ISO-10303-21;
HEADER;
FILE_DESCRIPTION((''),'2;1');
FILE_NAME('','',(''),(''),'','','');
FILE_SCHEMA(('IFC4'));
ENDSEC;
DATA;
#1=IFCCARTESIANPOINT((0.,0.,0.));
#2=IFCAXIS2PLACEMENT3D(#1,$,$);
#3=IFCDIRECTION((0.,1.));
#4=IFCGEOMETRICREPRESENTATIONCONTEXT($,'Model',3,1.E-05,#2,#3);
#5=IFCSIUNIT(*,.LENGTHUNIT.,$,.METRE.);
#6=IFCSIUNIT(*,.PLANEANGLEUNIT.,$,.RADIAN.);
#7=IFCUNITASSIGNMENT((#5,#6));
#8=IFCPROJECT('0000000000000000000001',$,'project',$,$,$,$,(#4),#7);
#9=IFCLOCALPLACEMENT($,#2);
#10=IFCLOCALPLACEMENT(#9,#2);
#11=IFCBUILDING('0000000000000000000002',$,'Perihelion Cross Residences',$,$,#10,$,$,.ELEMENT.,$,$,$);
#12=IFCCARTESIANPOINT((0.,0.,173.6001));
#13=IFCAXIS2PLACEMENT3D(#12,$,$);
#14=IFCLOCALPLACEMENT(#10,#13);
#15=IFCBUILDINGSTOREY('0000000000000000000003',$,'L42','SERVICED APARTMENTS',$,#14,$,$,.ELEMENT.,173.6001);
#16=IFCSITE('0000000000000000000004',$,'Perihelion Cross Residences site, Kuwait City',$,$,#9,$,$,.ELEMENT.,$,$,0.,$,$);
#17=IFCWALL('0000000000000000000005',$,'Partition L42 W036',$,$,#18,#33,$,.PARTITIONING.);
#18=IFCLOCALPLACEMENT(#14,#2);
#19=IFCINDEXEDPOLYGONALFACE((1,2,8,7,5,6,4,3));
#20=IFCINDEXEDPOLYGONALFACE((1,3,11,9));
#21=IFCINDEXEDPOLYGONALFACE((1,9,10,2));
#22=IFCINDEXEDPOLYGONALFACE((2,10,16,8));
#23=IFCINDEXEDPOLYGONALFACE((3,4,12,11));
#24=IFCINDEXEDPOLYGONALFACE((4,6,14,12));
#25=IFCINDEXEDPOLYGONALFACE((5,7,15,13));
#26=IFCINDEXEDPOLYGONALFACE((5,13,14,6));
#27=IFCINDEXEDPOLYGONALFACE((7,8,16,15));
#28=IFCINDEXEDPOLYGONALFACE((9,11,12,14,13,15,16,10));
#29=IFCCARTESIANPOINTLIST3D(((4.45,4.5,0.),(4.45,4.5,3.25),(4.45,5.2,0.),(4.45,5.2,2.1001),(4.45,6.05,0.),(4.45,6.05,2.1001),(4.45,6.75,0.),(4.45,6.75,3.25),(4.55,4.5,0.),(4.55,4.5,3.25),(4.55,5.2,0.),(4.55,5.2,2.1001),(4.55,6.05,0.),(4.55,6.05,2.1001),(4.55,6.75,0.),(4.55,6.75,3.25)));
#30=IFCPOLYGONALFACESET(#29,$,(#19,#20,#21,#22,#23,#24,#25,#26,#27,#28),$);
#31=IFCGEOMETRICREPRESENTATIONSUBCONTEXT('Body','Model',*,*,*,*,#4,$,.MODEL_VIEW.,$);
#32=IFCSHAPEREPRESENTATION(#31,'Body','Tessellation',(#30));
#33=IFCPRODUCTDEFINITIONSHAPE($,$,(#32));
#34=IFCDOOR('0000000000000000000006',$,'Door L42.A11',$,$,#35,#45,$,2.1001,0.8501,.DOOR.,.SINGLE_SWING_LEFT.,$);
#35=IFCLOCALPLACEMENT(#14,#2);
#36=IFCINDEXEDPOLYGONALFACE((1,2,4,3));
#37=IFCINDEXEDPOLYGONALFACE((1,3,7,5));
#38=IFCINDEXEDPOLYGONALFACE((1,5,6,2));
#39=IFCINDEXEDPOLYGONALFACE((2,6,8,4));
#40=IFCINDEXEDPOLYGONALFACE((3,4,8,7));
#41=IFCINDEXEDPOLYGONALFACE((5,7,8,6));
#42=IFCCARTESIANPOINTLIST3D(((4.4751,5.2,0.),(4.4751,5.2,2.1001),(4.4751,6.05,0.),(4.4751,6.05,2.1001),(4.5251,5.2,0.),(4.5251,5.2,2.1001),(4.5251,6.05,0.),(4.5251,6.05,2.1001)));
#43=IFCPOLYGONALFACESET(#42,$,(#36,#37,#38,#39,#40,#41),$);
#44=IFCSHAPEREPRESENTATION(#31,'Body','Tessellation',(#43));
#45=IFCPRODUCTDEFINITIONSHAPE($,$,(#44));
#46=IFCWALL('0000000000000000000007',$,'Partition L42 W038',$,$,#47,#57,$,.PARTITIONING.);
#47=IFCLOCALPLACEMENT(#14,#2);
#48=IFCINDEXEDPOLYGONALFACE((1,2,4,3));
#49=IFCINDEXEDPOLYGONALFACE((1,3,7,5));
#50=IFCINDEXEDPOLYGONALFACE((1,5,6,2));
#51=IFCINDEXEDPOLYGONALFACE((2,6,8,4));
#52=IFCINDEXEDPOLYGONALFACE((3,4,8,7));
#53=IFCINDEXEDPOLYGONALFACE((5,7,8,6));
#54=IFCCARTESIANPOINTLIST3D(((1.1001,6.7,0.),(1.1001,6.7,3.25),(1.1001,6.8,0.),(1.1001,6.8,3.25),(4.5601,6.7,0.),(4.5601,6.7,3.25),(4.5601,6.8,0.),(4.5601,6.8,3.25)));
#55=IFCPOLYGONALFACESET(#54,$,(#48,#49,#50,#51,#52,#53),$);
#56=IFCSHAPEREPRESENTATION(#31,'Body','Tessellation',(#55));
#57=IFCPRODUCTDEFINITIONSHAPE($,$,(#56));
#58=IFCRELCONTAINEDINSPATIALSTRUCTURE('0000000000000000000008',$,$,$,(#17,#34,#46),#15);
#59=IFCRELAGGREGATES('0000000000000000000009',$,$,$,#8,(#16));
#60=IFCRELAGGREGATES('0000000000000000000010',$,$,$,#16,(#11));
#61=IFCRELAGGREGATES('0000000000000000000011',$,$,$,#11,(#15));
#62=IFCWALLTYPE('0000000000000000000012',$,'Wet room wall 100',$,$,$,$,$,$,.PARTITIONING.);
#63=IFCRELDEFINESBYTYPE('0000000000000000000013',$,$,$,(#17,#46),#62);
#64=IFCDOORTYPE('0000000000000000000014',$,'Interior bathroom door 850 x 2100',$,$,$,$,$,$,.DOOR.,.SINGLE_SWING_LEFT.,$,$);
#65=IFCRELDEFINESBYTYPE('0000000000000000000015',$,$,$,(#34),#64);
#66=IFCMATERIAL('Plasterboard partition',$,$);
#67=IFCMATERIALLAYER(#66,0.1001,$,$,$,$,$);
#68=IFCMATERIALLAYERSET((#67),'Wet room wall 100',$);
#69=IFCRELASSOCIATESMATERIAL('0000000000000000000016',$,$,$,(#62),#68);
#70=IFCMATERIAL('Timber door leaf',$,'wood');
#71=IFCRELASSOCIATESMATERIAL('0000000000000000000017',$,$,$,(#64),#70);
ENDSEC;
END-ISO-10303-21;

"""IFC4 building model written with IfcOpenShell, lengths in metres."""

from ifc_helpers import new_model, si_unit, direction, frame, frame_2d, origin, place, context, subcontext, project, spatial, rectangle, extrude, material, layer, layer_set, type_object, element, fill, save


model = new_model("IFC4")

# Units and contexts
model_context = context("Model", 3, precision=1e-05, world=origin(), true_north=direction((0.0, 1.0)))
body_context = subcontext(model_context, "Body", "Model", "MODEL_VIEW")
ifc_project = project(units=[si_unit("LENGTHUNIT", "METRE"), si_unit("PLANEANGLEUNIT", "RADIAN")], contexts=[model_context])

# Site, building, storey
site_placement = place(None, origin())
site = spatial("IfcSite", under=ifc_project, at=site_placement, Name="Perihelion Cross Residences site, Kuwait City", CompositionType="ELEMENT", RefElevation=0.0)
building_placement = place(site_placement, origin())
building = spatial("IfcBuilding", under=site, at=building_placement, Name="Perihelion Cross Residences", CompositionType="ELEMENT")
storey_placement = place(building_placement, frame((0.0, 0.0, 173.6001)))
storey = spatial("IfcBuildingStorey", under=building, at=storey_placement, Name="L42", Description="SERVICED APARTMENTS", CompositionType="ELEMENT", Elevation=173.6001)

# Shared definitions
ifc_material_1 = material(Name="Plasterboard partition")
ifc_layer_1 = layer(ifc_material_1, 0.1001)
ifc_layer_set_1 = layer_set([ifc_layer_1], Name="Wet room wall 100")
wall_type_1 = type_object("IfcWallType", Name="Wet room wall 100", PredefinedType="PARTITIONING", material=ifc_layer_set_1)

# Wall, opening, door
ifc_material_2 = material(Name="Timber door leaf", Category="wood")
door_type_1 = type_object("IfcDoorType", Name="Interior bathroom door 850 x 2100", OperationType="SINGLE_SWING_LEFT", PredefinedType="DOOR", material=ifc_material_2)
wall_1_placement = place(storey_placement, frame((4.5, 4.5, 0.0), z_axis=(0.0, 0.0, 1.0), x_axis=(0.0, 1.0, 0.0)))
wall_1 = element("IfcWall", 1, at=wall_1_placement, inside=storey, type_object=wall_type_1, Name="Partition L42 W036", PredefinedType="PARTITIONING", context=body_context, shape_type="SweptSolid", body=[
    extrude(rectangle(XDim=2.25, YDim=0.1001, at=frame_2d((1.125, 0.0))), origin(), (0.0, 0.0, 1.0), 3.25),
])
opening_1_placement = place(wall_1_placement, frame((0.7, 0.0, 0.0)))
opening_1 = element("IfcOpeningElement", 2, at=opening_1_placement, cuts=wall_1, PredefinedType="OPENING", context=body_context, shape_type="SweptSolid", body=[
    extrude(rectangle(XDim=0.8501, YDim=2.1001, at=frame_2d((0.425, 1.05))), frame((0.0, 0.0601, 0.0), z_axis=(0.0, -1.0, 0.0), x_axis=(1.0, 0.0, 0.0)), (0.0, 0.0, 1.0), 0.1201),
])
door_1_placement = place(opening_1_placement, origin())
door_1 = element("IfcDoor", 3, at=door_1_placement, inside=storey, type_object=door_type_1, Name="Door L42.A11", OperationType="SINGLE_SWING_LEFT", OverallHeight=2.1001, OverallWidth=0.8501, PredefinedType="DOOR", context=body_context, shape_type="SweptSolid", body=[
    extrude(rectangle(XDim=0.8501, YDim=2.1001, at=frame_2d((0.425, 1.05))), frame((0.0, 0.0249, 0.0), z_axis=(0.0, -1.0, 0.0), x_axis=(1.0, 0.0, 0.0)), (0.0, 0.0, 1.0), 0.05),
])
fill(opening_1, door_1)

# Wall
wall_2_placement = place(storey_placement, frame((1.1001, 6.75, 0.0), z_axis=(0.0, 0.0, 1.0), x_axis=(1.0, 0.0, 0.0)))
element("IfcWall", 4, at=wall_2_placement, inside=storey, type_object=wall_type_1, Name="Partition L42 W038", PredefinedType="PARTITIONING", context=body_context, shape_type="SweptSolid", body=[
    extrude(rectangle(XDim=3.46, YDim=0.1001, at=frame_2d((1.73, 0.0))), origin(), (0.0, 0.0, 1.0), 3.25),
])

save(model, "model.ifc")
